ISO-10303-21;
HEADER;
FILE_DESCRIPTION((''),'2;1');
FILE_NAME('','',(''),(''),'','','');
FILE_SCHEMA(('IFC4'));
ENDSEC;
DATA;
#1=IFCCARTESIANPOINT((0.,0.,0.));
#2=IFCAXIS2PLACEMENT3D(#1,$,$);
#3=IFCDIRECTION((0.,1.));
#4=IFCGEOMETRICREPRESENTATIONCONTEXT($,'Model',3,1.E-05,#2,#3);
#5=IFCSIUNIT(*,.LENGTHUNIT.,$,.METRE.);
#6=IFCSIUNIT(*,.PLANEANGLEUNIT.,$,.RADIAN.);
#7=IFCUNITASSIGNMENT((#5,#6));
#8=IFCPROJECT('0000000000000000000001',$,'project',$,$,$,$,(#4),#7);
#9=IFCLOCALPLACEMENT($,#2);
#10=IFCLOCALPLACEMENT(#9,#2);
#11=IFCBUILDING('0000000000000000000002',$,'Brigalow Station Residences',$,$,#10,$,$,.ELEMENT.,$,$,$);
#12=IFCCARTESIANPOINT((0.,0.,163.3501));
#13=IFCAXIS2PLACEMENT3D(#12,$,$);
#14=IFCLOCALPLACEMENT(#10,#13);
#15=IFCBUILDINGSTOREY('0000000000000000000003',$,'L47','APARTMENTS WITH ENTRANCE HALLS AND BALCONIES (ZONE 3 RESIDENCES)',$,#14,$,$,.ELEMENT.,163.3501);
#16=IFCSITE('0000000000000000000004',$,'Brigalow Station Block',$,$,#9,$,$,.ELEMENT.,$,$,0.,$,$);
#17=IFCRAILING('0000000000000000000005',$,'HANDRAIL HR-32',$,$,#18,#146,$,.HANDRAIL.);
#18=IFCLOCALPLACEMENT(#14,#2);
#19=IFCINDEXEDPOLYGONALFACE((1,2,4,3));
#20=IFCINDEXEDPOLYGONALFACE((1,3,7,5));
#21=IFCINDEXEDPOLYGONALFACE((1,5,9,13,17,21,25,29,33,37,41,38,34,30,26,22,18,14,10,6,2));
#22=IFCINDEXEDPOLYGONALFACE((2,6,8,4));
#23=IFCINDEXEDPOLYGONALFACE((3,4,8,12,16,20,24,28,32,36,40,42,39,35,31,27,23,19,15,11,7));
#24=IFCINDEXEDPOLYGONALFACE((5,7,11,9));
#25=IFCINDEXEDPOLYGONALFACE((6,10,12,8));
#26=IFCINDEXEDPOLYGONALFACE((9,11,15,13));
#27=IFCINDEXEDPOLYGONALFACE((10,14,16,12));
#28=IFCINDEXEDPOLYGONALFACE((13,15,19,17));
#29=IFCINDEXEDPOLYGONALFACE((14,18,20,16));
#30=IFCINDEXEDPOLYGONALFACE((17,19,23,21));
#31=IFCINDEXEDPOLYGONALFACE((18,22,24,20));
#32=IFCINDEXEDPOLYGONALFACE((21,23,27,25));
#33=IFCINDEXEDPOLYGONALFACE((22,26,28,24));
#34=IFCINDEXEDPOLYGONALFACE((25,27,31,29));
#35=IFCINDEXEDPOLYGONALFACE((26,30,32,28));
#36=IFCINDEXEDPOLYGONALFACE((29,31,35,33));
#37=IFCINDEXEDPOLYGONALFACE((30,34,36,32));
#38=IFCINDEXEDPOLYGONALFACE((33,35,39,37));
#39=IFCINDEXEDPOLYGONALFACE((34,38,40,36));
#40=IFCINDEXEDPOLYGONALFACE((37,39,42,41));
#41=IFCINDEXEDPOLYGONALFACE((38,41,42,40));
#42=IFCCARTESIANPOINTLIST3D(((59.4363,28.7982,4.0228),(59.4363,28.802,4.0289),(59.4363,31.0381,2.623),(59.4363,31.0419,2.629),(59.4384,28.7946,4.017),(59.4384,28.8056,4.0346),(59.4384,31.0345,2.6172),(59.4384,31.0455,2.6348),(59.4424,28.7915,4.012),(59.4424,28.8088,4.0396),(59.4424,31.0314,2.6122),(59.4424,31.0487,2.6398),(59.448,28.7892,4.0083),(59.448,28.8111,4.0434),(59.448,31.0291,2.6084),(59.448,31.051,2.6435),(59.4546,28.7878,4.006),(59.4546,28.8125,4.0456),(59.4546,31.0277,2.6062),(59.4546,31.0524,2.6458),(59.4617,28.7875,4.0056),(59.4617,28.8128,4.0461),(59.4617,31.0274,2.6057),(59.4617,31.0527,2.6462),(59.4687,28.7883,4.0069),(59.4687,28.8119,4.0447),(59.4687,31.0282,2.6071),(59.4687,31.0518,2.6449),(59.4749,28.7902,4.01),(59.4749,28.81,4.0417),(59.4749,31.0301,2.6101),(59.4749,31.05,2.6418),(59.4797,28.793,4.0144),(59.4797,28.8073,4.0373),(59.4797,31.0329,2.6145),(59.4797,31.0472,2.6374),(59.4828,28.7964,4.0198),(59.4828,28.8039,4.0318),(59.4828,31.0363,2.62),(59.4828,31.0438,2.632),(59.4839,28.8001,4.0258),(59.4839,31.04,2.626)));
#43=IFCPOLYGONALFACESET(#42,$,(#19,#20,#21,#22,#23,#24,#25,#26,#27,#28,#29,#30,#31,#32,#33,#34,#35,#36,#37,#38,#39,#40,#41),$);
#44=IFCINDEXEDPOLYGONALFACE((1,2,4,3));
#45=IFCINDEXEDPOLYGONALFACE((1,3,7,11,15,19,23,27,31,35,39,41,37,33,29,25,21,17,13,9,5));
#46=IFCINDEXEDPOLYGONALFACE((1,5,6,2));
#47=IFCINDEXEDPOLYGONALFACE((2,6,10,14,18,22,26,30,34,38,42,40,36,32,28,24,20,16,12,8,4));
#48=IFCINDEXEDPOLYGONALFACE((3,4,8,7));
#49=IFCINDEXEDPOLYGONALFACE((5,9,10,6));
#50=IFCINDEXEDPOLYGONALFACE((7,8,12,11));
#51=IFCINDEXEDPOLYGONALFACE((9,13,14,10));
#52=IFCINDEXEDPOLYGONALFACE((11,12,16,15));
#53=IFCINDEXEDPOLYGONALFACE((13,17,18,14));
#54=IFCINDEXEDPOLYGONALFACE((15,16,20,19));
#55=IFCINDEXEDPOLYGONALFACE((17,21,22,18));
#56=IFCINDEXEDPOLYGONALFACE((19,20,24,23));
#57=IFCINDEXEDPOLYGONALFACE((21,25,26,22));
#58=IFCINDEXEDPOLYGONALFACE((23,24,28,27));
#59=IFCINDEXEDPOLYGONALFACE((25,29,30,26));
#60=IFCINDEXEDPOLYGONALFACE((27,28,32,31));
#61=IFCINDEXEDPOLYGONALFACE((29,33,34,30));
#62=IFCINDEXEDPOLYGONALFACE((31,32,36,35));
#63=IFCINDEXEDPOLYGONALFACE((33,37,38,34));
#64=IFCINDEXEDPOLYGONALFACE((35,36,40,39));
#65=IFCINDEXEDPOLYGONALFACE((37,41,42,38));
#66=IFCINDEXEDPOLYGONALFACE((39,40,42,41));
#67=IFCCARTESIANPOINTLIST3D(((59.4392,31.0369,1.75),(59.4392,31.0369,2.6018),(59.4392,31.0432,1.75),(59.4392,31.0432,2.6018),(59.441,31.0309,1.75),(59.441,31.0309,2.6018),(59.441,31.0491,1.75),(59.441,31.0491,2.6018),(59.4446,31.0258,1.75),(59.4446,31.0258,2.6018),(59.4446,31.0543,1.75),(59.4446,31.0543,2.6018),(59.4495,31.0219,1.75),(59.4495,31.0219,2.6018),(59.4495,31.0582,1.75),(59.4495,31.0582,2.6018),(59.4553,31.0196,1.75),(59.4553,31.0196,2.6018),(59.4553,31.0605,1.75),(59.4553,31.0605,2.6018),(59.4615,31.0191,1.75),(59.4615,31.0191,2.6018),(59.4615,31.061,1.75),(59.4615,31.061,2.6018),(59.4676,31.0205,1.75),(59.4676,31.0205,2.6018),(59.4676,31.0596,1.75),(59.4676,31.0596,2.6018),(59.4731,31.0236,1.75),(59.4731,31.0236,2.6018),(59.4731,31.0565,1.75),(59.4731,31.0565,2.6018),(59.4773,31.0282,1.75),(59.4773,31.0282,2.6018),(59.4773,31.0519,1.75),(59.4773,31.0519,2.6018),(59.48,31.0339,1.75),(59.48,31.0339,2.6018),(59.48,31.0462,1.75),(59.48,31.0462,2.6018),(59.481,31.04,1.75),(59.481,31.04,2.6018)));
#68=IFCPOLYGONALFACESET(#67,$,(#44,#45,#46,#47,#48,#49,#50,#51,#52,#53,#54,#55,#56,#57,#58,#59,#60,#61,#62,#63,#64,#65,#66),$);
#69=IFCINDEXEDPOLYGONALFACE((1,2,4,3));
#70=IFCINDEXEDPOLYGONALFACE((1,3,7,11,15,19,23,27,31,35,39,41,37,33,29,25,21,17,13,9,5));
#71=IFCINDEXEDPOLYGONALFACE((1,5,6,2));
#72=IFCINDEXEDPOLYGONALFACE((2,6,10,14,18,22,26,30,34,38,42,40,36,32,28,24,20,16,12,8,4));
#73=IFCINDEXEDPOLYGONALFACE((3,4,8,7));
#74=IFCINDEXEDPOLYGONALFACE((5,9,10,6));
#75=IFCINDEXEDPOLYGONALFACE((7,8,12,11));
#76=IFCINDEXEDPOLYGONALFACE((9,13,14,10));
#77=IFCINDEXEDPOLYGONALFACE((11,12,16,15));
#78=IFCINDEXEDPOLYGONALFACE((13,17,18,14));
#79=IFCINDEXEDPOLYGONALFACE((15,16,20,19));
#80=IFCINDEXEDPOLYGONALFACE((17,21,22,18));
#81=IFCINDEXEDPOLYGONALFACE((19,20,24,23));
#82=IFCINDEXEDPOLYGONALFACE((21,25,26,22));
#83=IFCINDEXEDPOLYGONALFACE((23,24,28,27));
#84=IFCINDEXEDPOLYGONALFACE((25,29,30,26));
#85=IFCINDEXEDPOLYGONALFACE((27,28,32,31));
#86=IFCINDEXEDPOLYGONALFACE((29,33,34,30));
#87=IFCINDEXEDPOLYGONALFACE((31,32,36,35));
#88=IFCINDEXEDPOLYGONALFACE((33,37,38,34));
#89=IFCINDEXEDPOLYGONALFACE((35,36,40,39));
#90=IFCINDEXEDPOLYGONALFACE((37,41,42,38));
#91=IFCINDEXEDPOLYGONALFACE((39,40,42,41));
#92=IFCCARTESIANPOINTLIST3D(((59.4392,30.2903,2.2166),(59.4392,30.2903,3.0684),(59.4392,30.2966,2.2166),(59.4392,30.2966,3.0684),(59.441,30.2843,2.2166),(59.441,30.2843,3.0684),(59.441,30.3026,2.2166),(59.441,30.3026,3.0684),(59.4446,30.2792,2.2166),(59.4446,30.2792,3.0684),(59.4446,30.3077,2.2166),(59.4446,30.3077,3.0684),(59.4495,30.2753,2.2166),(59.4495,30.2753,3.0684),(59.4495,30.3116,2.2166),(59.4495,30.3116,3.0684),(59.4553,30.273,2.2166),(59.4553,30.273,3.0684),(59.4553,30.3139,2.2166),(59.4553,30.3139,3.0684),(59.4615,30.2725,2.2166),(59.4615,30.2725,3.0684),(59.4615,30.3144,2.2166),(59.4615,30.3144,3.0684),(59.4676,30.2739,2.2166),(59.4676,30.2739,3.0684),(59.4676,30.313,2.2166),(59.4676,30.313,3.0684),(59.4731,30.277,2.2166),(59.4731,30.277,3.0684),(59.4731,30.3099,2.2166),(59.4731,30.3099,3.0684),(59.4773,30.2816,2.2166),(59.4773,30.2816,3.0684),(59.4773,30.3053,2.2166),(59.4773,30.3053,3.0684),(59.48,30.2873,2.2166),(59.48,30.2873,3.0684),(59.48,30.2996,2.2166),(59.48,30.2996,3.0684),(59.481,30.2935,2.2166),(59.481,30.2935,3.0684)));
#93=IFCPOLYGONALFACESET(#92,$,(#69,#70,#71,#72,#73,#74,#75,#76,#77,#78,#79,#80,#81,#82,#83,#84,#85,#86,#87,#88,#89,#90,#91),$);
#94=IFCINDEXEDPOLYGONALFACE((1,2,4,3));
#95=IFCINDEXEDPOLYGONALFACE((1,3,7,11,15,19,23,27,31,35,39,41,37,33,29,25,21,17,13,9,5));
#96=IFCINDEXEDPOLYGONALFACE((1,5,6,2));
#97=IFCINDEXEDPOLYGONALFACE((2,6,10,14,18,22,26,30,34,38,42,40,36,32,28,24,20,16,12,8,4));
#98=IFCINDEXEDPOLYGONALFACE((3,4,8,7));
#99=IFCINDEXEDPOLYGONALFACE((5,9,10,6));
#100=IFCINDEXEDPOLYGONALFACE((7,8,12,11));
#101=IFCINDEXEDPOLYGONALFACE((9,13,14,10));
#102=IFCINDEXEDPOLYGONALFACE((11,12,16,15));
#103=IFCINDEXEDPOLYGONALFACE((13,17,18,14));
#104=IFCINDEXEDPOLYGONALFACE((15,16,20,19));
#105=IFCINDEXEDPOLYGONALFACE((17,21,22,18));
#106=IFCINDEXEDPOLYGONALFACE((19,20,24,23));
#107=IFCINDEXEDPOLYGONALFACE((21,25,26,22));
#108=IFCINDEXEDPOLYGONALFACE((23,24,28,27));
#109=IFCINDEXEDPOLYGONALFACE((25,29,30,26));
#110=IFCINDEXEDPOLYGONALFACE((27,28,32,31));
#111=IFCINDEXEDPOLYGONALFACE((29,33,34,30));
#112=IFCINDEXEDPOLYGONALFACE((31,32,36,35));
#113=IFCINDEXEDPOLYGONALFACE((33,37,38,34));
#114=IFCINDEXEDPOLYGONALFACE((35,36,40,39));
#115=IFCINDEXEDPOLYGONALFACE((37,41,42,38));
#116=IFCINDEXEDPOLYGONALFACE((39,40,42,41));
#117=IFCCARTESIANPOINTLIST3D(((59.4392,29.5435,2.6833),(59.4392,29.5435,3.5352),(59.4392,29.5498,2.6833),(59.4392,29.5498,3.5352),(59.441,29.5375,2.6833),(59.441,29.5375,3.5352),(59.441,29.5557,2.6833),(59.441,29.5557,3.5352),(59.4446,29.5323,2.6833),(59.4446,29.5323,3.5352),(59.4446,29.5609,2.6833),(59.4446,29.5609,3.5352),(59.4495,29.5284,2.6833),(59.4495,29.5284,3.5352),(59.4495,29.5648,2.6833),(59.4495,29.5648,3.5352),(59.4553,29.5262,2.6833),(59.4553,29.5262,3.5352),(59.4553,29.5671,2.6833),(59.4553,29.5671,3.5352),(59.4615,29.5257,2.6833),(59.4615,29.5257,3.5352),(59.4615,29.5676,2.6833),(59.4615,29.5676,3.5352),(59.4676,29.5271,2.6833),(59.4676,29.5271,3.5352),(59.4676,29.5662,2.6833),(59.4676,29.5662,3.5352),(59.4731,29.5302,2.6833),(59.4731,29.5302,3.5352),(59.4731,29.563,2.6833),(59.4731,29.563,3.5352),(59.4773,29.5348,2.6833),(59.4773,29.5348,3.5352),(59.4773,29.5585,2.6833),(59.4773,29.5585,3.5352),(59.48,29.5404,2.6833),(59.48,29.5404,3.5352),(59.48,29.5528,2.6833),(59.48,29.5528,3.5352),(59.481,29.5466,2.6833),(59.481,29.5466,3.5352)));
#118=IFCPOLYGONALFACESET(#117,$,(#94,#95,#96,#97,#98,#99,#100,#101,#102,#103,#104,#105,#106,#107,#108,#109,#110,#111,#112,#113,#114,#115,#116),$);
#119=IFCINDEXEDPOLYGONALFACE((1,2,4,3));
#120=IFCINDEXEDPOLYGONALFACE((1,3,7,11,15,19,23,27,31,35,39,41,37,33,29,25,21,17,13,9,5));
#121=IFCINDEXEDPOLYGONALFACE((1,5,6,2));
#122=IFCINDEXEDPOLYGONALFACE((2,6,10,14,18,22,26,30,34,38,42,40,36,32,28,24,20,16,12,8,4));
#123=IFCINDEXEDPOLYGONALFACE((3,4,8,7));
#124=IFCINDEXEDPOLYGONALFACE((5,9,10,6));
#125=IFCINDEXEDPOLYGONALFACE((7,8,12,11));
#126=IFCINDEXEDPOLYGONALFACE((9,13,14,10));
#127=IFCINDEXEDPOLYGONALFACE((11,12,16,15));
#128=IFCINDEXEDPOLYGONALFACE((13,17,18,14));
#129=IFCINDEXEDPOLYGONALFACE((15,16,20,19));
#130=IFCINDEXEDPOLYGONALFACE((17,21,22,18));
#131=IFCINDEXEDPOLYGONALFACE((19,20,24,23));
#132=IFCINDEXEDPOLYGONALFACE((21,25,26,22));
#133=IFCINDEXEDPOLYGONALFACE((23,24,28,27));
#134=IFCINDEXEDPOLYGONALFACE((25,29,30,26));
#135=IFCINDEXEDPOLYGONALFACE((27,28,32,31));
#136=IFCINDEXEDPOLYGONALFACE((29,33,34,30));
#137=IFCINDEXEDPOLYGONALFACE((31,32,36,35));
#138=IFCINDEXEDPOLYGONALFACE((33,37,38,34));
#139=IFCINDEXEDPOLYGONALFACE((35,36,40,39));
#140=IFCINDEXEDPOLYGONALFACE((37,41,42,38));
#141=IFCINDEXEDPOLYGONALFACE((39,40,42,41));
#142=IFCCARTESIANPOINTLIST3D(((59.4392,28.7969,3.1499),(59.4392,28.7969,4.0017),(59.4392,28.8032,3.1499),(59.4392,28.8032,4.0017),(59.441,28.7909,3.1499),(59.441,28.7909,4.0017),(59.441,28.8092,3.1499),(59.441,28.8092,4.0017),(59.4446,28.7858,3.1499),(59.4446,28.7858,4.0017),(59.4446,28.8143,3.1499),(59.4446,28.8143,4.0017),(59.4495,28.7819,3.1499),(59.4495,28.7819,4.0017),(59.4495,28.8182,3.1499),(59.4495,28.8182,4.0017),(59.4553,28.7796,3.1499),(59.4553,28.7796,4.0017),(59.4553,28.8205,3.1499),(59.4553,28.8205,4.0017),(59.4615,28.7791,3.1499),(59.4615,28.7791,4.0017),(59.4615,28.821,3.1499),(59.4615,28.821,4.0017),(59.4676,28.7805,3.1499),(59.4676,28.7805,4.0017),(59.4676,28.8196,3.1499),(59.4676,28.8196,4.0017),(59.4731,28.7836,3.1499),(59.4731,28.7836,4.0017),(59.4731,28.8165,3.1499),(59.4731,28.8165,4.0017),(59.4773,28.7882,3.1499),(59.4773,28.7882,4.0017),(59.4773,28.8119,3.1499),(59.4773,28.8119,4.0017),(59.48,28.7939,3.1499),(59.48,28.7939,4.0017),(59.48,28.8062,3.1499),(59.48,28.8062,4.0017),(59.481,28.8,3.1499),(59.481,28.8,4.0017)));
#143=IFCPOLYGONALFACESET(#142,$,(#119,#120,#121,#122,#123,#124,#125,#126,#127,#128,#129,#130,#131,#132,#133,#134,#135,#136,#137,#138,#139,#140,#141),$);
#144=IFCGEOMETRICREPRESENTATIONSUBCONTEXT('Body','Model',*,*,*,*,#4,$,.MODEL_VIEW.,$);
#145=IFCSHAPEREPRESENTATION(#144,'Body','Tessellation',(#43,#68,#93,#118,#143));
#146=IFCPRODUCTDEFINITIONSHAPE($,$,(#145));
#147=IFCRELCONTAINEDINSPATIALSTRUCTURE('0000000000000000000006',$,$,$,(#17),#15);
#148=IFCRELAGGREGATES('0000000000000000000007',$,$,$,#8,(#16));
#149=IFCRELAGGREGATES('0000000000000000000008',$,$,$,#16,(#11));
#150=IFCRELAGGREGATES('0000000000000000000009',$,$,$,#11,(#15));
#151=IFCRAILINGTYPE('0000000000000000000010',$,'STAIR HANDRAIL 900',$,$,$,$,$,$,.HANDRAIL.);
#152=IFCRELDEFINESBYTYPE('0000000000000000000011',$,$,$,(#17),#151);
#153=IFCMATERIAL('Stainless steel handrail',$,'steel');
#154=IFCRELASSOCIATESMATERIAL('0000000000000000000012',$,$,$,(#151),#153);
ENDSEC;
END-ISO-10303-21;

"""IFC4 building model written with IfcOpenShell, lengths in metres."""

from ifc_helpers import new_model, si_unit, direction, frame, origin, origin_2d, place, context, subcontext, project, spatial, circle, extrude, material, type_object, element, save


model = new_model("IFC4")

# Units and contexts
model_context = context("Model", 3, precision=1e-05, world=origin(), true_north=direction((0.0, 1.0)))
body_context = subcontext(model_context, "Body", "Model", "MODEL_VIEW")
ifc_project = project(units=[si_unit("LENGTHUNIT", "METRE"), si_unit("PLANEANGLEUNIT", "RADIAN")], contexts=[model_context])

# Site, building, storey
site_placement = place(None, origin())
site = spatial("IfcSite", under=ifc_project, at=site_placement, Name="Brigalow Station Block", CompositionType="ELEMENT", RefElevation=0.0)
building_placement = place(site_placement, origin())
building = spatial("IfcBuilding", under=site, at=building_placement, Name="Brigalow Station Residences", CompositionType="ELEMENT")
storey_placement = place(building_placement, frame((0.0, 0.0, 163.3501)))
storey = spatial("IfcBuildingStorey", under=building, at=storey_placement, Name="L47", Description="APARTMENTS WITH ENTRANCE HALLS AND BALCONIES (ZONE 3 RESIDENCES)", CompositionType="ELEMENT", Elevation=163.3501)

# Railing
ifc_material_1 = material(Name="Stainless steel handrail", Category="steel")
railing_type_1 = type_object("IfcRailingType", Name="STAIR HANDRAIL 900", PredefinedType="HANDRAIL", material=ifc_material_1)
railing_1_placement = place(storey_placement, frame((59.46, 31.04, 1.75)))
element("IfcRailing", 1, at=railing_1_placement, inside=storey, type_object=railing_type_1, Name="HANDRAIL HR-32", PredefinedType="HANDRAIL", context=body_context, shape_type="SweptSolid", body=[
    extrude(circle(Radius=0.0239, at=origin_2d()), frame((0.0, 0.0, 0.876), z_axis=(0.0, -0.848014, 0.529974), x_axis=(1.0, 0.0, 0.0)), (0.0, 0.0, 1.0), 2.6414),
    extrude(circle(Radius=0.021, at=origin_2d()), origin(), (0.0, 0.0, 1.0), 0.8518),
    extrude(circle(Radius=0.021, at=origin_2d()), frame((0.0, -0.7466, 0.4666)), (0.0, 0.0, 1.0), 0.8518),
    extrude(circle(Radius=0.021, at=origin_2d()), frame((0.0, -1.4934, 0.9333)), (0.0, 0.0, 1.0), 0.8518),
    extrude(circle(Radius=0.021, at=origin_2d()), frame((0.0, -2.24, 1.3999)), (0.0, 0.0, 1.0), 0.8518),
])

save(model, "model.ifc")
